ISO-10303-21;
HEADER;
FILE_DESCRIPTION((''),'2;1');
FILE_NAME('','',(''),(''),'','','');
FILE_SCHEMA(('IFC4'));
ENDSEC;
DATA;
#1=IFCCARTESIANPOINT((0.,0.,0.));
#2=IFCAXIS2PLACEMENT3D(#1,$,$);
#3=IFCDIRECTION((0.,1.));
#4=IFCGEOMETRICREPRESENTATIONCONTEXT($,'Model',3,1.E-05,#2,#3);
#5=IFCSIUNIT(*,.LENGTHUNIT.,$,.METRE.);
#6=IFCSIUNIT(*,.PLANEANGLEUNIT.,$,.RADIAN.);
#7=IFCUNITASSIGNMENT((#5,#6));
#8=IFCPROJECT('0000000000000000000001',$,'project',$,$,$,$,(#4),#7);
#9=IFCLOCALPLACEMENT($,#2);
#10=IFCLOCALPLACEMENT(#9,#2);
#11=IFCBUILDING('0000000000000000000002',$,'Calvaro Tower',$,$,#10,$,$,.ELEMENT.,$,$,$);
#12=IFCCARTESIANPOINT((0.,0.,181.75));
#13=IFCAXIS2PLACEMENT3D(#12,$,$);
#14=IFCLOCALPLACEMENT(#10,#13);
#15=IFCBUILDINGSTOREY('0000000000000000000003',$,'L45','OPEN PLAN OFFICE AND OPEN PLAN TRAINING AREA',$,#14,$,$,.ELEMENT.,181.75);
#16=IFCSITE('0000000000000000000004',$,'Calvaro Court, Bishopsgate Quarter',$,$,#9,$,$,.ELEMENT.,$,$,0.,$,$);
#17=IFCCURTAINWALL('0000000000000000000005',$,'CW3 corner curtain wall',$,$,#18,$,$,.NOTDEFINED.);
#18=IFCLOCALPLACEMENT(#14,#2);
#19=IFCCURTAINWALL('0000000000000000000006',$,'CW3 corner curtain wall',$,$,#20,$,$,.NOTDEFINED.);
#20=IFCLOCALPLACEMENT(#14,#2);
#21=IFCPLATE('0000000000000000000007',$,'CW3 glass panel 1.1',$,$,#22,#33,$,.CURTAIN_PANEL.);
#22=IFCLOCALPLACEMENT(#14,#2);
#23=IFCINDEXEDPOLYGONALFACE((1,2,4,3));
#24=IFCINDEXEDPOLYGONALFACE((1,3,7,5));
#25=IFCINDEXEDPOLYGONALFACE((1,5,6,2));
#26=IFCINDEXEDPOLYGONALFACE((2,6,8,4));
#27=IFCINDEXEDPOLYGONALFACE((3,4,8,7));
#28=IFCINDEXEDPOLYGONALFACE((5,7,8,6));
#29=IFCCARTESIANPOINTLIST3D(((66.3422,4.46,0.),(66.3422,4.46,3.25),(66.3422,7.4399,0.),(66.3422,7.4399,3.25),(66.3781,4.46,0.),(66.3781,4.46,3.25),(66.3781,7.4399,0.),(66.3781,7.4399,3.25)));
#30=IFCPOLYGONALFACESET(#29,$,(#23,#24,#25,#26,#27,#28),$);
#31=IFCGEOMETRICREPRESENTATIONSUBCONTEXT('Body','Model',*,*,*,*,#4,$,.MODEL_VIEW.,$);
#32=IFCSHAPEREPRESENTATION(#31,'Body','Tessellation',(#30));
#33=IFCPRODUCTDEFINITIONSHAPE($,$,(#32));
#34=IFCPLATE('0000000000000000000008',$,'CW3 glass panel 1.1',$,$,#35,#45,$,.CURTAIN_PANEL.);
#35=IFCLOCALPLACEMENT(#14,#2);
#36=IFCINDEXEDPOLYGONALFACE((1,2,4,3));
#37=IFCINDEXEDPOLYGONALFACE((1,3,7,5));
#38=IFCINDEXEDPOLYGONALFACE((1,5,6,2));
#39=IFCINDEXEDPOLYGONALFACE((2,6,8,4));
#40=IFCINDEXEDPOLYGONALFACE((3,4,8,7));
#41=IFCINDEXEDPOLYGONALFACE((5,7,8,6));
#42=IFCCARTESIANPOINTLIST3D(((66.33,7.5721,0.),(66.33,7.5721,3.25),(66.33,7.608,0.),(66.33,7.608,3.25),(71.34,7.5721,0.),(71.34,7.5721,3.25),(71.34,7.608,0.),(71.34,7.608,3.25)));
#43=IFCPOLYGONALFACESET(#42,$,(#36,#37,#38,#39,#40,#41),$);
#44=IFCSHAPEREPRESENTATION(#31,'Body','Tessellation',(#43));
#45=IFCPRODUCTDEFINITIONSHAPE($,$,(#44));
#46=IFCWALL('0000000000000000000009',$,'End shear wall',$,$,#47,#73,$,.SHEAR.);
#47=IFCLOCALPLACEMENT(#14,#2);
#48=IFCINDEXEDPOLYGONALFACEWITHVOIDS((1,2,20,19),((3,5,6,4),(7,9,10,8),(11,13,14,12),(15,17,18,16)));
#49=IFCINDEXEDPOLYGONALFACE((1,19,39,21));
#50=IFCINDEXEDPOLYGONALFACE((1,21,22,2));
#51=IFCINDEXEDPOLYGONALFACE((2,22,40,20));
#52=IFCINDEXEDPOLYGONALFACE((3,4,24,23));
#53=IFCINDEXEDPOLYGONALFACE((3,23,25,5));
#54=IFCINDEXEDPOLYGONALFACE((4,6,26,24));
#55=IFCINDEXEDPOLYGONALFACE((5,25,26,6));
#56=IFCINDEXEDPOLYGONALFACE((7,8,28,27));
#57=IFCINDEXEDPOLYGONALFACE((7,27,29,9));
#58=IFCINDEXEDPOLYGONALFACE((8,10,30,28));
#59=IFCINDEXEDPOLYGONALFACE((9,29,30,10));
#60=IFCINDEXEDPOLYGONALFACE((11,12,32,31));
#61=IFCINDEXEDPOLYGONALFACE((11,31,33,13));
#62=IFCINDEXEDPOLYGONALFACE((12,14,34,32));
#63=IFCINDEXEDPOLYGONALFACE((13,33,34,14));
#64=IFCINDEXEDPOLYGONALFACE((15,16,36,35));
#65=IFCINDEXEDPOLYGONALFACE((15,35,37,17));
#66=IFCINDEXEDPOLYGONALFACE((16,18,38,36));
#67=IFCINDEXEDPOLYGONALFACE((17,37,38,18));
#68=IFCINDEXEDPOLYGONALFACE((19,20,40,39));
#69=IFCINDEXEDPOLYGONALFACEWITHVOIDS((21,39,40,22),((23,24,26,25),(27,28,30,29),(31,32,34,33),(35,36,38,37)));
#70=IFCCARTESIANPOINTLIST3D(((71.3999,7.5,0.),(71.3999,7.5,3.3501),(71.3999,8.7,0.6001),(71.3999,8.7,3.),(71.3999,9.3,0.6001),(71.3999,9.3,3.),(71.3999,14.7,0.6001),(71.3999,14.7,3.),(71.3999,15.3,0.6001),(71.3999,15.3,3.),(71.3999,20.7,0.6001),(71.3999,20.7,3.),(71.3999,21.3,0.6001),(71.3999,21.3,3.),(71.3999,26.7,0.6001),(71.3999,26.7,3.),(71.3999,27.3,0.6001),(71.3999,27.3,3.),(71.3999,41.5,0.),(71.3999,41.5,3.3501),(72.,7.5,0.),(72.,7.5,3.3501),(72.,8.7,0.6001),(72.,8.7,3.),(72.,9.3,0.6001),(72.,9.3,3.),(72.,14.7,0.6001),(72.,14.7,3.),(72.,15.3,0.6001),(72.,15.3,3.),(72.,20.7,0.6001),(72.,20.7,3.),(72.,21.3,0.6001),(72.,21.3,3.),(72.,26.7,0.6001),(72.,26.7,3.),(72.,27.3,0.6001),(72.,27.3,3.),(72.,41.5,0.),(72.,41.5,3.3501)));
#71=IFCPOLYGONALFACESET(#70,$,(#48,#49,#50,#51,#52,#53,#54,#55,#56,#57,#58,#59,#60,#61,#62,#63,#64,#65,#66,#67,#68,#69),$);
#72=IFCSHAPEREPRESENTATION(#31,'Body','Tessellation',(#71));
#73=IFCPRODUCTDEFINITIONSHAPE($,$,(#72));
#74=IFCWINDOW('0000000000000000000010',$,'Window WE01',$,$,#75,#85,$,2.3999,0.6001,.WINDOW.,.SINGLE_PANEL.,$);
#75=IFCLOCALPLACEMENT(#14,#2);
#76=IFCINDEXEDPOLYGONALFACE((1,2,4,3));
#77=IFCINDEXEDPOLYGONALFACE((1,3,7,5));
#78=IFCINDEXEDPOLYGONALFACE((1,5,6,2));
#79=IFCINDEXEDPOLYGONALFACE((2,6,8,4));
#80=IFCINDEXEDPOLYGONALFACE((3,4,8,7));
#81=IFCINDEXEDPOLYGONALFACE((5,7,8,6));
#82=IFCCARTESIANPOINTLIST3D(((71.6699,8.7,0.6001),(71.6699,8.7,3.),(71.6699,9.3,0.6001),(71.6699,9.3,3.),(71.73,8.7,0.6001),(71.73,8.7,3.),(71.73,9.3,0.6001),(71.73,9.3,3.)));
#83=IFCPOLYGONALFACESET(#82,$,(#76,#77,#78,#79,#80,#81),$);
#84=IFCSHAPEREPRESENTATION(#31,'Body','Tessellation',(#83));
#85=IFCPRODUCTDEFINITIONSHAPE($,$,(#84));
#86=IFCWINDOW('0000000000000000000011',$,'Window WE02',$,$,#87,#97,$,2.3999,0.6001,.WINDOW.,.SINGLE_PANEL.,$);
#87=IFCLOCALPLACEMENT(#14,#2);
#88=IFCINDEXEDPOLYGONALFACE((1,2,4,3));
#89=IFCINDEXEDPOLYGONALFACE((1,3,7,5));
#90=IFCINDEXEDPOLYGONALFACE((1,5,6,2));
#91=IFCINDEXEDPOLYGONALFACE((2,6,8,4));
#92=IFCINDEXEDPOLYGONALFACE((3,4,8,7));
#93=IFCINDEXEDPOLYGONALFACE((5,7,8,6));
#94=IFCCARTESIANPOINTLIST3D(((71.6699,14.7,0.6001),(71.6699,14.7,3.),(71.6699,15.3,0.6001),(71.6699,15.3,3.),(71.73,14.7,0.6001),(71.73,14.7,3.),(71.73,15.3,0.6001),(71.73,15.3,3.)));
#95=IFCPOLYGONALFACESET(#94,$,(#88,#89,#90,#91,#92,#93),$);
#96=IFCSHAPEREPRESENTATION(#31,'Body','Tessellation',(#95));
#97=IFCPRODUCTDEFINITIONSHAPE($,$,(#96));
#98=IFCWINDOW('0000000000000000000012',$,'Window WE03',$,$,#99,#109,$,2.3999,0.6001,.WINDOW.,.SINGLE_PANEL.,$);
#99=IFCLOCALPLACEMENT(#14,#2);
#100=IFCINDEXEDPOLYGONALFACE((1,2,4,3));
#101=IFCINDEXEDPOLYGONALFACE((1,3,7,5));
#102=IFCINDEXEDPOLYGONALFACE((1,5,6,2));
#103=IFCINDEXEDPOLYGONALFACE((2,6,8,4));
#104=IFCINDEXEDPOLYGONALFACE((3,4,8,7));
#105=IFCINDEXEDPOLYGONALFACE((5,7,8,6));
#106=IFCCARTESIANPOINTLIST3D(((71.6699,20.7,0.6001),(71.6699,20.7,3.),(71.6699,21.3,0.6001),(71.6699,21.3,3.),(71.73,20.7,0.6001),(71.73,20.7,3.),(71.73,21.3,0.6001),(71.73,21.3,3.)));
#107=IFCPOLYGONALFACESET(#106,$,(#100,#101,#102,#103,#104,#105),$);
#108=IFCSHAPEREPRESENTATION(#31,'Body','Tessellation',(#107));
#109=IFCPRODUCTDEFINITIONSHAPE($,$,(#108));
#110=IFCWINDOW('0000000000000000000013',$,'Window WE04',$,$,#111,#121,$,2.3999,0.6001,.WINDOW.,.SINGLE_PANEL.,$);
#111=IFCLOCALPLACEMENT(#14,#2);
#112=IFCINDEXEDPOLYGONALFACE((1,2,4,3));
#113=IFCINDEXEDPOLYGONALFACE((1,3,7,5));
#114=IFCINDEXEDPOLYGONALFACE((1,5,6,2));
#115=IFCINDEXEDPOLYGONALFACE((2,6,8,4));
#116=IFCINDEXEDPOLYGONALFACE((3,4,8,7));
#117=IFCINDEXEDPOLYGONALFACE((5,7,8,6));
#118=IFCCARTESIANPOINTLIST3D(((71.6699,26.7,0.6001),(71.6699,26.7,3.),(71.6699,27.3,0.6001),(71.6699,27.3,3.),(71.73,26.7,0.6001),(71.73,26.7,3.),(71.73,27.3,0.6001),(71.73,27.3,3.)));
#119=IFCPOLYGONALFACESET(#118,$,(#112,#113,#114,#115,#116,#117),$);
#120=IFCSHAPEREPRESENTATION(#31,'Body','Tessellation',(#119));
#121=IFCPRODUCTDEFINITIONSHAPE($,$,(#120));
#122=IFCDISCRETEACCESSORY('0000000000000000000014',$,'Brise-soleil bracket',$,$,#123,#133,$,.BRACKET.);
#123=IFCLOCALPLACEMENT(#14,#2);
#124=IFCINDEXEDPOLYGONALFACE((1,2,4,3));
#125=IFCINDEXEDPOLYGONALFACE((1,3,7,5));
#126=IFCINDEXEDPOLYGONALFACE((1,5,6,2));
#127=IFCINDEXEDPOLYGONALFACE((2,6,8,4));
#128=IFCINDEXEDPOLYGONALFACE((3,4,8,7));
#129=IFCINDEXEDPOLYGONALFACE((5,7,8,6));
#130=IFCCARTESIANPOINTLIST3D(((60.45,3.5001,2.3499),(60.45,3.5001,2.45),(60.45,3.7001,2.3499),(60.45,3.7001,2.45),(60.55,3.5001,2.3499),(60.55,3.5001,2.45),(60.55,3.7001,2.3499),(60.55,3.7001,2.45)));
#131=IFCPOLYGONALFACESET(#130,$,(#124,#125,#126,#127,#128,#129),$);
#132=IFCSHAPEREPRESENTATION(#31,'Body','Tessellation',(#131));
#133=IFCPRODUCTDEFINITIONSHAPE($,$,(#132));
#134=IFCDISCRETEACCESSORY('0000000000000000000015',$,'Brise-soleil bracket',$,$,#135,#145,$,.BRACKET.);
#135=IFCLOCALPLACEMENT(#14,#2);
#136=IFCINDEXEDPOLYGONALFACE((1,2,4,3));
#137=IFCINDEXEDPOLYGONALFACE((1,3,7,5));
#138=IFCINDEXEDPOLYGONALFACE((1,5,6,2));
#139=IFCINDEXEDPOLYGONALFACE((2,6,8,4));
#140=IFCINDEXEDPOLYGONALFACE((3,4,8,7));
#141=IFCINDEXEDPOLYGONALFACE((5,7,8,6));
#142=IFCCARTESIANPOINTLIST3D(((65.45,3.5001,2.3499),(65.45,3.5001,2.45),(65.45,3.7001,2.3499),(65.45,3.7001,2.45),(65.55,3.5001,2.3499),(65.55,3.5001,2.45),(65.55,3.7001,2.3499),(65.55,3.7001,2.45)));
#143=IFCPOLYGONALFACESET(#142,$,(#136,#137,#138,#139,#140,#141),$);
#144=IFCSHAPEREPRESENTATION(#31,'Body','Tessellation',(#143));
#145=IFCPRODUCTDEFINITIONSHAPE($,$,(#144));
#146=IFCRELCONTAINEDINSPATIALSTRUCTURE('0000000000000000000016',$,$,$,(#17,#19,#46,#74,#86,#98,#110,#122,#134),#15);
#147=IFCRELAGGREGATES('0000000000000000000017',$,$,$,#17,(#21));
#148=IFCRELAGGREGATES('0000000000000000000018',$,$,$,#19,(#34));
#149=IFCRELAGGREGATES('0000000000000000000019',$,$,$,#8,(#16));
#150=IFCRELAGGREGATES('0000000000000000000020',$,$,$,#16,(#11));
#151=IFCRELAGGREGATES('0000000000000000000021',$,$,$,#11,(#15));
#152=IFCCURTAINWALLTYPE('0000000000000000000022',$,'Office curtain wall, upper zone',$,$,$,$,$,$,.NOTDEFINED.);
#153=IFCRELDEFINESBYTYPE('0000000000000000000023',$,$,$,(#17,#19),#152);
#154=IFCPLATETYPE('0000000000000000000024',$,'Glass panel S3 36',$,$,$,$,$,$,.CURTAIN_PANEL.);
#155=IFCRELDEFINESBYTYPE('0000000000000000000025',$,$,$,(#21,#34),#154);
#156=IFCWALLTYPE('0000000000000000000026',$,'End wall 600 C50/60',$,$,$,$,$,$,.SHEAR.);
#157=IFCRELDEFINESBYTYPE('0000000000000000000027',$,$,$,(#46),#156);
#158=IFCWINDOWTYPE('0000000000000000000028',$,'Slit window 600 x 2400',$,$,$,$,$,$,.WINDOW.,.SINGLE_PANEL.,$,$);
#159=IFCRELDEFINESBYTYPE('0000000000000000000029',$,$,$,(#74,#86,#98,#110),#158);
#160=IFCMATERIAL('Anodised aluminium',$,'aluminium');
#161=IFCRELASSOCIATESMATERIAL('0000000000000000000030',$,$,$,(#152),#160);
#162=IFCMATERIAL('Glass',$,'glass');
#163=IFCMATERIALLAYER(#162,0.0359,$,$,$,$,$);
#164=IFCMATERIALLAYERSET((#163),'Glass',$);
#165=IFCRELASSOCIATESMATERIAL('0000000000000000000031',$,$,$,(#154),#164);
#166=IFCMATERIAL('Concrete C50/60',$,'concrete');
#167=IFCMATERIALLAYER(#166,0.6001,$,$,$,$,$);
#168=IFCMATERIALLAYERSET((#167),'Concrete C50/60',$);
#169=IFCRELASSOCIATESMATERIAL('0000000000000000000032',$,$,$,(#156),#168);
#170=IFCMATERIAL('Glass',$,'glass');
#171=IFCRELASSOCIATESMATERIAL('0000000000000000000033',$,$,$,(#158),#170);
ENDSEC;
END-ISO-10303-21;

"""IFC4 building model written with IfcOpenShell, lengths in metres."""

from ifc_helpers import new_model, si_unit, direction, frame, frame_2d, origin, origin_2d, place, context, subcontext, project, spatial, rectangle, extrude, material, layer, layer_set, type_object, element, fill, aggregate, save


model = new_model("IFC4")

# Units and contexts
model_context = context("Model", 3, precision=1e-05, world=origin(), true_north=direction((0.0, 1.0)))
body_context = subcontext(model_context, "Body", "Model", "MODEL_VIEW")
ifc_project = project(units=[si_unit("LENGTHUNIT", "METRE"), si_unit("PLANEANGLEUNIT", "RADIAN")], contexts=[model_context])

# Site, building, storey
site_placement = place(None, origin())
site = spatial("IfcSite", under=ifc_project, at=site_placement, Name="Calvaro Court, Bishopsgate Quarter", CompositionType="ELEMENT", RefElevation=0.0)
building_placement = place(site_placement, origin())
building = spatial("IfcBuilding", under=site, at=building_placement, Name="Calvaro Tower", CompositionType="ELEMENT")
storey_placement = place(building_placement, frame((0.0, 0.0, 181.75)))
storey = spatial("IfcBuildingStorey", under=building, at=storey_placement, Name="L45", Description="OPEN PLAN OFFICE AND OPEN PLAN TRAINING AREA", CompositionType="ELEMENT", Elevation=181.75)

# Curtain walls
ifc_material_1 = material(Name="Anodised aluminium", Category="aluminium")
curtain_wall_type = type_object("IfcCurtainWallType", Name="Office curtain wall, upper zone", PredefinedType="NOTDEFINED", material=ifc_material_1)
curtain_wall_1_placement = place(storey_placement, origin())
curtain_wall_1 = element("IfcCurtainWall", 1, at=curtain_wall_1_placement, inside=storey, type_object=curtain_wall_type, Name="CW3 corner curtain wall", PredefinedType="NOTDEFINED")
curtain_wall_2_placement = place(storey_placement, origin())
curtain_wall_2 = element("IfcCurtainWall", 2, at=curtain_wall_2_placement, inside=storey, type_object=curtain_wall_type, Name="CW3 corner curtain wall", PredefinedType="NOTDEFINED")

# Plates
ifc_material_2 = material(Name="Glass", Category="glass")
ifc_layer_1 = layer(ifc_material_2, 0.0359)
ifc_layer_set_1 = layer_set([ifc_layer_1], Name="Glass")
plate_type = type_object("IfcPlateType", Name="Glass panel S3 36", PredefinedType="CURTAIN_PANEL", material=ifc_layer_set_1)
plate_1_placement = place(storey_placement, frame((66.3601, 5.95, 0.0), z_axis=(0.0, 0.0, 1.0), x_axis=(0.0, 1.0, 0.0)))
plate_1 = element("IfcPlate", 3, at=plate_1_placement, type_object=plate_type, Name="CW3 glass panel 1.1", PredefinedType="CURTAIN_PANEL", context=body_context, shape_type="SweptSolid", body=[
    extrude(rectangle(XDim=2.98, YDim=0.0359, at=origin_2d()), origin(), (0.0, 0.0, 1.0), 3.25),
])
aggregate(curtain_wall_1, [plate_1])
plate_2_placement = place(storey_placement, frame((68.835, 7.5901, 0.0), z_axis=(0.0, 0.0, 1.0), x_axis=(1.0, 0.0, 0.0)))
plate_2 = element("IfcPlate", 4, at=plate_2_placement, type_object=plate_type, Name="CW3 glass panel 1.1", PredefinedType="CURTAIN_PANEL", context=body_context, shape_type="SweptSolid", body=[
    extrude(rectangle(XDim=5.01, YDim=0.0359, at=origin_2d()), origin(), (0.0, 0.0, 1.0), 3.25),
])
aggregate(curtain_wall_2, [plate_2])

# Wall, openings, windows
ifc_material_3 = material(Name="Concrete C50/60", Category="concrete")
ifc_layer_2 = layer(ifc_material_3, 0.6001)
ifc_layer_set_2 = layer_set([ifc_layer_2], Name="Concrete C50/60")
wall_type = type_object("IfcWallType", Name="End wall 600 C50/60", PredefinedType="SHEAR", material=ifc_layer_set_2)
wall_placement = place(storey_placement, frame((71.7, 7.5, 0.0), z_axis=(0.0, 0.0, 1.0), x_axis=(0.0, 1.0, 0.0)))
wall = element("IfcWall", 5, at=wall_placement, inside=storey, type_object=wall_type, Name="End shear wall", PredefinedType="SHEAR", context=body_context, shape_type="SweptSolid", body=[
    extrude(rectangle(XDim=34.0, YDim=0.6001, at=frame_2d((17.0, 0.0))), origin(), (0.0, 0.0, 1.0), 3.3501),
])
opening_1_placement = place(wall_placement, frame((1.2, 0.0, 0.6001)))
opening_1 = element("IfcOpeningElement", 6, at=opening_1_placement, cuts=wall, PredefinedType="OPENING", context=body_context, shape_type="SweptSolid", body=[
    extrude(rectangle(XDim=0.6001, YDim=2.3999, at=frame_2d((0.3, 1.2))), frame((0.0, 0.3101, 0.0), z_axis=(0.0, -1.0, 0.0), x_axis=(1.0, 0.0, 0.0)), (0.0, 0.0, 1.0), 0.6201),
])
opening_2_placement = place(wall_placement, frame((7.2, 0.0, 0.6001)))
opening_2 = element("IfcOpeningElement", 7, at=opening_2_placement, cuts=wall, PredefinedType="OPENING", context=body_context, shape_type="SweptSolid", body=[
    extrude(rectangle(XDim=0.6001, YDim=2.3999, at=frame_2d((0.3, 1.2))), frame((0.0, 0.3101, 0.0), z_axis=(0.0, -1.0, 0.0), x_axis=(1.0, 0.0, 0.0)), (0.0, 0.0, 1.0), 0.6201),
])
opening_3_placement = place(wall_placement, frame((13.2, 0.0, 0.6001)))
opening_3 = element("IfcOpeningElement", 8, at=opening_3_placement, cuts=wall, PredefinedType="OPENING", context=body_context, shape_type="SweptSolid", body=[
    extrude(rectangle(XDim=0.6001, YDim=2.3999, at=frame_2d((0.3, 1.2))), frame((0.0, 0.3101, 0.0), z_axis=(0.0, -1.0, 0.0), x_axis=(1.0, 0.0, 0.0)), (0.0, 0.0, 1.0), 0.6201),
])
opening_4_placement = place(wall_placement, frame((19.2, 0.0, 0.6001)))
opening_4 = element("IfcOpeningElement", 9, at=opening_4_placement, cuts=wall, PredefinedType="OPENING", context=body_context, shape_type="SweptSolid", body=[
    extrude(rectangle(XDim=0.6001, YDim=2.3999, at=frame_2d((0.3, 1.2))), frame((0.0, 0.3101, 0.0), z_axis=(0.0, -1.0, 0.0), x_axis=(1.0, 0.0, 0.0)), (0.0, 0.0, 1.0), 0.6201),
])
ifc_material_4 = material(Name="Glass", Category="glass")
window_type = type_object("IfcWindowType", Name="Slit window 600 x 2400", PartitioningType="SINGLE_PANEL", PredefinedType="WINDOW", material=ifc_material_4)
window_1_placement = place(opening_1_placement, origin())
window_1 = element("IfcWindow", 10, at=window_1_placement, inside=storey, type_object=window_type, Name="Window WE01", OverallHeight=2.3999, OverallWidth=0.6001, PartitioningType="SINGLE_PANEL", PredefinedType="WINDOW", context=body_context, shape_type="SweptSolid", body=[
    extrude(rectangle(XDim=0.6001, YDim=2.3999, at=frame_2d((0.3, 1.2))), frame((0.0, 0.03, 0.0), z_axis=(0.0, -1.0, 0.0), x_axis=(1.0, 0.0, 0.0)), (0.0, 0.0, 1.0), 0.0601),
])
fill(opening_1, window_1)
window_2_placement = place(opening_2_placement, origin())
window_2 = element("IfcWindow", 11, at=window_2_placement, inside=storey, type_object=window_type, Name="Window WE02", OverallHeight=2.3999, OverallWidth=0.6001, PartitioningType="SINGLE_PANEL", PredefinedType="WINDOW", context=body_context, shape_type="SweptSolid", body=[
    extrude(rectangle(XDim=0.6001, YDim=2.3999, at=frame_2d((0.3, 1.2))), frame((0.0, 0.03, 0.0), z_axis=(0.0, -1.0, 0.0), x_axis=(1.0, 0.0, 0.0)), (0.0, 0.0, 1.0), 0.0601),
])
fill(opening_2, window_2)
window_3_placement = place(opening_3_placement, origin())
window_3 = element("IfcWindow", 12, at=window_3_placement, inside=storey, type_object=window_type, Name="Window WE03", OverallHeight=2.3999, OverallWidth=0.6001, PartitioningType="SINGLE_PANEL", PredefinedType="WINDOW", context=body_context, shape_type="SweptSolid", body=[
    extrude(rectangle(XDim=0.6001, YDim=2.3999, at=frame_2d((0.3, 1.2))), frame((0.0, 0.03, 0.0), z_axis=(0.0, -1.0, 0.0), x_axis=(1.0, 0.0, 0.0)), (0.0, 0.0, 1.0), 0.0601),
])
fill(opening_3, window_3)
window_4_placement = place(opening_4_placement, origin())
window_4 = element("IfcWindow", 13, at=window_4_placement, inside=storey, type_object=window_type, Name="Window WE04", OverallHeight=2.3999, OverallWidth=0.6001, PartitioningType="SINGLE_PANEL", PredefinedType="WINDOW", context=body_context, shape_type="SweptSolid", body=[
    extrude(rectangle(XDim=0.6001, YDim=2.3999, at=frame_2d((0.3, 1.2))), frame((0.0, 0.03, 0.0), z_axis=(0.0, -1.0, 0.0), x_axis=(1.0, 0.0, 0.0)), (0.0, 0.0, 1.0), 0.0601),
])
fill(opening_4, window_4)

# Discrete accessories
for number, where, z_axis, x_axis, name in (
    (14, (60.5, 3.6001, 2.3499), (0.0, 0.0, 1.0), (1.0, 0.0, 0.0), "Brise-soleil bracket"),
    (15, (65.5, 3.6001, 2.3499), (0.0, 0.0, 1.0), (1.0, 0.0, 0.0), "Brise-soleil bracket"),
):
    element("IfcDiscreteAccessory", number, at=place(storey_placement, frame(where, z_axis=z_axis, x_axis=x_axis)), inside=storey, Name=name, PredefinedType="BRACKET", context=body_context, shape_type="SweptSolid", body=[
        extrude(rectangle(XDim=0.1001, YDim=0.2, at=origin_2d()), origin(), (0.0, 0.0, 1.0), 0.1001),
    ])

save(model, "model.ifc")
